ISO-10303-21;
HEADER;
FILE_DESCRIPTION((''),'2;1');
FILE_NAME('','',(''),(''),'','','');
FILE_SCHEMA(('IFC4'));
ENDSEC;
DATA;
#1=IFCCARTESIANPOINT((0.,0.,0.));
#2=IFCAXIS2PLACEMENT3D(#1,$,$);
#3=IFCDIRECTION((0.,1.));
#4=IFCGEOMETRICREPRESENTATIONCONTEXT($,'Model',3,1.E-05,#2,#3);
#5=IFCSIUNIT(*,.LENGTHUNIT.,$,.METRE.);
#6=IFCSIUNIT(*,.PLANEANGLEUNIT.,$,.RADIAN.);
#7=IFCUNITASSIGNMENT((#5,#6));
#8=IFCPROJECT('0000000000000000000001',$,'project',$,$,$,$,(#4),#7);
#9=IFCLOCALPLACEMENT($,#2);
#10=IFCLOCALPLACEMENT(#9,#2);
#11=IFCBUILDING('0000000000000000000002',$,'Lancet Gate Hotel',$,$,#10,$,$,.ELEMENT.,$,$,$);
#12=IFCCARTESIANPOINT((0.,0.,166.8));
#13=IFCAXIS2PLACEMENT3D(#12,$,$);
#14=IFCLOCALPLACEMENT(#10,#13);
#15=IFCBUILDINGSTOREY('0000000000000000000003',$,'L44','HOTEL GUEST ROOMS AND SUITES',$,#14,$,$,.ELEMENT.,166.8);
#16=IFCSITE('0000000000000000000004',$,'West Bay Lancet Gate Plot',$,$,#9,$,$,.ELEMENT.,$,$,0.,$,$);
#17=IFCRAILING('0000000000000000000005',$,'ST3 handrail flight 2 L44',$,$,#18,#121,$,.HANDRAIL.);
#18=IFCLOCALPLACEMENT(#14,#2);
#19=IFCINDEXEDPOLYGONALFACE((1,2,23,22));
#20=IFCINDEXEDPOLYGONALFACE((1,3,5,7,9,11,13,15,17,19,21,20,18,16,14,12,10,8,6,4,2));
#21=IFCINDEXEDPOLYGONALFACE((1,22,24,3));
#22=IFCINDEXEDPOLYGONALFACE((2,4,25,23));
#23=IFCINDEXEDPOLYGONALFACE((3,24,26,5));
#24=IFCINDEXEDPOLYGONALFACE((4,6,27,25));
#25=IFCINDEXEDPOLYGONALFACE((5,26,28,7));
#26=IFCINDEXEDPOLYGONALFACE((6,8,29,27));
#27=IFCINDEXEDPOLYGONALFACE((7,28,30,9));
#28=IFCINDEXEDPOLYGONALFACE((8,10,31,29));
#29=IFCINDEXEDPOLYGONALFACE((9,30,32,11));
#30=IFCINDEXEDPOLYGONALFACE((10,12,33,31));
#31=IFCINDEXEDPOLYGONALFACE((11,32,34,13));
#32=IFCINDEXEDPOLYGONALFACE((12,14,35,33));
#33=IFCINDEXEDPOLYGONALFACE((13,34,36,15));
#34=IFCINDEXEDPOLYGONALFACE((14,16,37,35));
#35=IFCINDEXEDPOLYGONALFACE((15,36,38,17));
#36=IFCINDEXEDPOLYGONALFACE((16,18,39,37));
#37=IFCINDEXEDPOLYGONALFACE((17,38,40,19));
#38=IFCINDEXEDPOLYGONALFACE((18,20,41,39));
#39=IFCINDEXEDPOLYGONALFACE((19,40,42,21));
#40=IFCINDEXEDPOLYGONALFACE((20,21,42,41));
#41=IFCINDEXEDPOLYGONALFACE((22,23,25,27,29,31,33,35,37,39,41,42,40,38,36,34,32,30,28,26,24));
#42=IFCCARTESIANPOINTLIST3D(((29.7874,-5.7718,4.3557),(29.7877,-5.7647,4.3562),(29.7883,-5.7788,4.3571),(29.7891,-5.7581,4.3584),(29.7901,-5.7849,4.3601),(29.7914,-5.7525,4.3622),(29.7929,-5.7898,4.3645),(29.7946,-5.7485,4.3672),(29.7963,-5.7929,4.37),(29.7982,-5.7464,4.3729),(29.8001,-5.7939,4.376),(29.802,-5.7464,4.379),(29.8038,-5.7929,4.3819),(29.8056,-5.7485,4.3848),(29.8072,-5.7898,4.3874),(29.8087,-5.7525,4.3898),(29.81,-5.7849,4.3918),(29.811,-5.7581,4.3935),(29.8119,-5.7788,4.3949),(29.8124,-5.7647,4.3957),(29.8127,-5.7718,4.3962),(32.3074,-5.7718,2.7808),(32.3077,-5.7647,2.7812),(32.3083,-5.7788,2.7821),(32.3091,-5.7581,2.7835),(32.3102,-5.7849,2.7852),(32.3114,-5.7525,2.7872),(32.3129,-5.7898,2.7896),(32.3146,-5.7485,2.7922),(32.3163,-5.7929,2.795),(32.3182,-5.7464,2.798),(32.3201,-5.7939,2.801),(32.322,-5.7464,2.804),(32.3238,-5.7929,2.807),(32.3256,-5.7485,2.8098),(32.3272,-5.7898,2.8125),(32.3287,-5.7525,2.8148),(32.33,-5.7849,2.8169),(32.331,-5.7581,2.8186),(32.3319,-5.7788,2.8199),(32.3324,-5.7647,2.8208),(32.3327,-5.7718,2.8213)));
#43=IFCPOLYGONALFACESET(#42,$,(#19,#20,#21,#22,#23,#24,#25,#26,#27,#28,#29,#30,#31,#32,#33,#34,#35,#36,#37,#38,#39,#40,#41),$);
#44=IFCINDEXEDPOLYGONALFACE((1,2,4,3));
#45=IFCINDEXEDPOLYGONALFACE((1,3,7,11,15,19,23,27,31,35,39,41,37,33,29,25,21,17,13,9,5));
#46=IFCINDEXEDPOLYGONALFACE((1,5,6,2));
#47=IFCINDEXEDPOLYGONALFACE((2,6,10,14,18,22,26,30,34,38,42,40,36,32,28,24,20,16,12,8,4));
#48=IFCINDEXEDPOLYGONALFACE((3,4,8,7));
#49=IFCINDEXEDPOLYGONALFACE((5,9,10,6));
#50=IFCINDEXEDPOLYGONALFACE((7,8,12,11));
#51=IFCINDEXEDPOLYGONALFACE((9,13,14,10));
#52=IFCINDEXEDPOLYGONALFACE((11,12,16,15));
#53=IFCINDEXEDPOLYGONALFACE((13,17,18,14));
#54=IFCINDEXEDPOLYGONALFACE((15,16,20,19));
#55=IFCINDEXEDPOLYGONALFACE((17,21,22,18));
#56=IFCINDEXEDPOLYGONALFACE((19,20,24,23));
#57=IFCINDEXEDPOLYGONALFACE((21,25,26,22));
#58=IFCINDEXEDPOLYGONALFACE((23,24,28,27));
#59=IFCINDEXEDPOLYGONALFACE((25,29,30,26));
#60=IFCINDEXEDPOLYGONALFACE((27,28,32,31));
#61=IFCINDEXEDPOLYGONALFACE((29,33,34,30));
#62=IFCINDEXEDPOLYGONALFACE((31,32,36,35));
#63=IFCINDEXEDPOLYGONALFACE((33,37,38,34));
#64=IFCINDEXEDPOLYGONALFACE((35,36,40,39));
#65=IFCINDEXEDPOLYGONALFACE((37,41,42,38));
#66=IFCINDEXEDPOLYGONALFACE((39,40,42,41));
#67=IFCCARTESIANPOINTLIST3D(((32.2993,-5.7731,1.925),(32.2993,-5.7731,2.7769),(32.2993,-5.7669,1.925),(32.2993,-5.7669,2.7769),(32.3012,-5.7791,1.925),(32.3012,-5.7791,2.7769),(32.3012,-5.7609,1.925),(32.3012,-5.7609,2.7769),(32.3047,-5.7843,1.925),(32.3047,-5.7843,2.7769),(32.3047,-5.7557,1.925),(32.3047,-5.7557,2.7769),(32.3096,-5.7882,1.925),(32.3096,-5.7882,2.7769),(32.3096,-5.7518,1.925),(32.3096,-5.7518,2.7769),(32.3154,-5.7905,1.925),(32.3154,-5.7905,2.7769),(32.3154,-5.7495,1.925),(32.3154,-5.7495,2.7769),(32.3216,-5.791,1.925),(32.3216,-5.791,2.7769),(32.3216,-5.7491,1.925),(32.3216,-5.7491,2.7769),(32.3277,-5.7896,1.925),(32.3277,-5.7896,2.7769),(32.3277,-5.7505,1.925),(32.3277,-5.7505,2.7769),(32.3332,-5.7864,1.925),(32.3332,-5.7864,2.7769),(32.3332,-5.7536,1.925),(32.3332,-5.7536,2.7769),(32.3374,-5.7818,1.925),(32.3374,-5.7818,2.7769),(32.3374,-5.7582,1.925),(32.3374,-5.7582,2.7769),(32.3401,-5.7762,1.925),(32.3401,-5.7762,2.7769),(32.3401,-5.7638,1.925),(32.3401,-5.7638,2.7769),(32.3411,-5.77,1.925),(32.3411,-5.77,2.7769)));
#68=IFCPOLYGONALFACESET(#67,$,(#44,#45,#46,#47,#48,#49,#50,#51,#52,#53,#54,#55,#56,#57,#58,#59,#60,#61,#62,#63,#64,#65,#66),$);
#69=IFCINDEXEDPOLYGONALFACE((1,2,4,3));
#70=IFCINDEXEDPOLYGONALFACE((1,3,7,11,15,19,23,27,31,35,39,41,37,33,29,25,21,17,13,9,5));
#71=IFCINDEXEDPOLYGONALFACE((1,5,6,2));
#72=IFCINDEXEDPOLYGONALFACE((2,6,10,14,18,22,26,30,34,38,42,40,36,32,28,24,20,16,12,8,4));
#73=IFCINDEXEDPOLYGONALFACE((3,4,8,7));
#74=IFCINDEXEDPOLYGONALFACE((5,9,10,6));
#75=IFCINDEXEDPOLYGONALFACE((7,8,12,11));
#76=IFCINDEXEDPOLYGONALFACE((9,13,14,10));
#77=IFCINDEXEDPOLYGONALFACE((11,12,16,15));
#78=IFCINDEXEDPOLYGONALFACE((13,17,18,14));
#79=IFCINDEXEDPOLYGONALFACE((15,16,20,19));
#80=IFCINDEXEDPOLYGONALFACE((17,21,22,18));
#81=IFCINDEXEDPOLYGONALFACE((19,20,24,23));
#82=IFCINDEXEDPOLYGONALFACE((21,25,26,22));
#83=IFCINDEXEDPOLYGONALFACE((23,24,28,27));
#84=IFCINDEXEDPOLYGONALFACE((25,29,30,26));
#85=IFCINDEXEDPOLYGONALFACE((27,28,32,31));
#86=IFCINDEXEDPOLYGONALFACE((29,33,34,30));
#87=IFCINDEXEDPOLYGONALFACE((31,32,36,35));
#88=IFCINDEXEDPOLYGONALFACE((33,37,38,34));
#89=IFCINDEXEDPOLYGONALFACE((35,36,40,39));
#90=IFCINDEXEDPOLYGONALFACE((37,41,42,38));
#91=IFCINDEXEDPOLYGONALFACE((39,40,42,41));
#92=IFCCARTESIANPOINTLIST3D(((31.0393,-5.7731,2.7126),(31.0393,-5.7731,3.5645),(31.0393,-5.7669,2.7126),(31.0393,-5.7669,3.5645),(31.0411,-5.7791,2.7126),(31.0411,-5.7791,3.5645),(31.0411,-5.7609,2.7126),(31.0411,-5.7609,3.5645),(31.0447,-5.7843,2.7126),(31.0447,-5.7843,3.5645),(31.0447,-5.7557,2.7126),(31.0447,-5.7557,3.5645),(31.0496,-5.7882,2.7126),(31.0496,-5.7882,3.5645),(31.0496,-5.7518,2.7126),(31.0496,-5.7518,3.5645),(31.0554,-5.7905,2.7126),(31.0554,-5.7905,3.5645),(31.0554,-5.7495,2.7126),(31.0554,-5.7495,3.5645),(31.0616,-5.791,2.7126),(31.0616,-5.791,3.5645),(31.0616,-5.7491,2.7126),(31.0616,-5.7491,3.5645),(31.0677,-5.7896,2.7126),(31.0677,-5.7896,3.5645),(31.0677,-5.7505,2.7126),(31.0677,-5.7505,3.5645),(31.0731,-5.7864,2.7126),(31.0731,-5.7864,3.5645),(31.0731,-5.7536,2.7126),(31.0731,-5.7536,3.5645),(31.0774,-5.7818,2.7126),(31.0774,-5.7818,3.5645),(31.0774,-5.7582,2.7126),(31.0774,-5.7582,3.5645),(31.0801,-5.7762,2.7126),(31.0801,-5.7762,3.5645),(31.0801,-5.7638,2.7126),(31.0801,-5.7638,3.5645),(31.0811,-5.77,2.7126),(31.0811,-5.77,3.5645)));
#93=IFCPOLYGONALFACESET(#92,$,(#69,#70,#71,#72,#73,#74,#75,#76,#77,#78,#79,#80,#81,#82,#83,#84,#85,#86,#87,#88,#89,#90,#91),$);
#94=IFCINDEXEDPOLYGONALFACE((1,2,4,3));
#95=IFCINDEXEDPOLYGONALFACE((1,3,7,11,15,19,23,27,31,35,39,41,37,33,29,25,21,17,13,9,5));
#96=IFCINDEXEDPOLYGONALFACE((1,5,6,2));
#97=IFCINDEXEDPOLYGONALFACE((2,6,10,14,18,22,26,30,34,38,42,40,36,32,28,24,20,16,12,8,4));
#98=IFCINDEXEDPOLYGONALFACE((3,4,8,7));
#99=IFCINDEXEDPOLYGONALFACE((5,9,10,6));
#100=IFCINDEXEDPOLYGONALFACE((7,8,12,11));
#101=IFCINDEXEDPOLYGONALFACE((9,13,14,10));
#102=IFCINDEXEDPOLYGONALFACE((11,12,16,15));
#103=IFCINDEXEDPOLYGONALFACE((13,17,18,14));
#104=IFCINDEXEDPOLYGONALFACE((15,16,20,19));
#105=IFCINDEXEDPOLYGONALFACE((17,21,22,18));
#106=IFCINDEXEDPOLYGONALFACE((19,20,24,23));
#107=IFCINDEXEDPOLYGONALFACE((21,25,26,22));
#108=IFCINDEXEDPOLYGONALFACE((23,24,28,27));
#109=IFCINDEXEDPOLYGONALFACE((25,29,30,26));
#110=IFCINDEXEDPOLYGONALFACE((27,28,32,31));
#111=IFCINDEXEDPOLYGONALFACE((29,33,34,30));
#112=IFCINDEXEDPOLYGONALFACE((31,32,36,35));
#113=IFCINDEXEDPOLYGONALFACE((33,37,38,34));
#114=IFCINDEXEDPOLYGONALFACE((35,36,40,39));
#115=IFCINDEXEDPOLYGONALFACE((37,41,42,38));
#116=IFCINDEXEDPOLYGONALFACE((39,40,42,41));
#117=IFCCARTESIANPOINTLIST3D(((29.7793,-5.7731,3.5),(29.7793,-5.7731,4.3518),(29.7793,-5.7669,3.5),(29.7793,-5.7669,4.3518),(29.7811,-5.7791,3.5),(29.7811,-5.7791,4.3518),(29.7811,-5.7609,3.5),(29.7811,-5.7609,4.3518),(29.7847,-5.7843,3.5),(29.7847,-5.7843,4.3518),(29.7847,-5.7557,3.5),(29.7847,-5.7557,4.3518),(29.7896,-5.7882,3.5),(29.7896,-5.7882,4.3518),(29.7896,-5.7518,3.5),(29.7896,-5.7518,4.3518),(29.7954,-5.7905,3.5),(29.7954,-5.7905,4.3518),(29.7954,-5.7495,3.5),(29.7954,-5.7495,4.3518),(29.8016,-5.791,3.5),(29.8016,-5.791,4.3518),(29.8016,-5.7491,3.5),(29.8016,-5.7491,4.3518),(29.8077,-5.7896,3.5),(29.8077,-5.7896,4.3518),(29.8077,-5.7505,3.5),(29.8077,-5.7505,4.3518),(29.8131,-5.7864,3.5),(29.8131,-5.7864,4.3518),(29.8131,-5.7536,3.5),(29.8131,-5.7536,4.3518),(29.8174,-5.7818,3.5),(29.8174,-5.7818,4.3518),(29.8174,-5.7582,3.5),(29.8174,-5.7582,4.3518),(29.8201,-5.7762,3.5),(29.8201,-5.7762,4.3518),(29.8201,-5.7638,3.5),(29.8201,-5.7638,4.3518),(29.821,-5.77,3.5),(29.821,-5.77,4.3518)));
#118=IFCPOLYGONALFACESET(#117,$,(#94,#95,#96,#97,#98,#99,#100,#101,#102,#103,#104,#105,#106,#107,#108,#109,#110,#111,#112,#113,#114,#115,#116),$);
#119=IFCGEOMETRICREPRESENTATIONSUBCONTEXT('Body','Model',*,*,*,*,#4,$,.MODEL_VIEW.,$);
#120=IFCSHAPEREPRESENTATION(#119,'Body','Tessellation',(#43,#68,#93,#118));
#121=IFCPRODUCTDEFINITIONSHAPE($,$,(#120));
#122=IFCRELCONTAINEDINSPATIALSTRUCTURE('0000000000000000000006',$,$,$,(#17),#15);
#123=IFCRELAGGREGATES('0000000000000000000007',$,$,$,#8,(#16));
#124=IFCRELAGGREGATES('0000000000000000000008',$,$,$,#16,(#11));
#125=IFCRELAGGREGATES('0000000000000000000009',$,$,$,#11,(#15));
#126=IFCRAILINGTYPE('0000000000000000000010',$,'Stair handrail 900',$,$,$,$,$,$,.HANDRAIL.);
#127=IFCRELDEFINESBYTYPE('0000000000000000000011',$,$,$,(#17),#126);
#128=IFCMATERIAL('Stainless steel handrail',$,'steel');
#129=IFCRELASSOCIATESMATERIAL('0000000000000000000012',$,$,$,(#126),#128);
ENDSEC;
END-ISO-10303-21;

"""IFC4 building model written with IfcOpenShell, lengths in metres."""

from ifc_helpers import new_model, si_unit, direction, frame, origin, origin_2d, place, context, subcontext, project, spatial, circle, extrude, material, type_object, element, save


model = new_model("IFC4")

# Units and contexts
model_context = context("Model", 3, precision=1e-05, world=origin(), true_north=direction((0.0, 1.0)))
body_context = subcontext(model_context, "Body", "Model", "MODEL_VIEW")
ifc_project = project(units=[si_unit("LENGTHUNIT", "METRE"), si_unit("PLANEANGLEUNIT", "RADIAN")], contexts=[model_context])

# Site, building, storey
site_placement = place(None, origin())
site = spatial("IfcSite", under=ifc_project, at=site_placement, Name="West Bay Lancet Gate Plot", CompositionType="ELEMENT", RefElevation=0.0)
building_placement = place(site_placement, origin())
building = spatial("IfcBuilding", under=site, at=building_placement, Name="Lancet Gate Hotel", CompositionType="ELEMENT")
storey_placement = place(building_placement, frame((0.0, 0.0, 166.8)))
storey = spatial("IfcBuildingStorey", under=building, at=storey_placement, Name="L44", Description="HOTEL GUEST ROOMS AND SUITES", CompositionType="ELEMENT", Elevation=166.8)

# Railing
ifc_material_1 = material(Name="Stainless steel handrail", Category="steel")
railing_type = type_object("IfcRailingType", Name="Stair handrail 900", PredefinedType="HANDRAIL", material=ifc_material_1)
railing_1_placement = place(storey_placement, frame((32.3201, -5.77, 1.925)))
element("IfcRailing", 1, at=railing_1_placement, inside=storey, type_object=railing_type, Name="ST3 handrail flight 2 L44", PredefinedType="HANDRAIL", context=body_context, shape_type="SweptSolid", body=[
    extrude(circle(Radius=0.0239, at=origin_2d()), frame((0.0, 0.0, 0.876), z_axis=(-0.848008, 0.0, 0.529984), x_axis=(0.0, -1.0, 0.0)), (0.0, 0.0, 1.0), 2.9717),
    extrude(circle(Radius=0.021, at=origin_2d()), origin(), (0.0, 0.0, 1.0), 0.8518),
    extrude(circle(Radius=0.021, at=origin_2d()), frame((-1.26, 0.0, 0.7876)), (0.0, 0.0, 1.0), 0.8518),
    extrude(circle(Radius=0.021, at=origin_2d()), frame((-2.52, 0.0, 1.575)), (0.0, 0.0, 1.0), 0.8518),
])

save(model, "model.ifc")
